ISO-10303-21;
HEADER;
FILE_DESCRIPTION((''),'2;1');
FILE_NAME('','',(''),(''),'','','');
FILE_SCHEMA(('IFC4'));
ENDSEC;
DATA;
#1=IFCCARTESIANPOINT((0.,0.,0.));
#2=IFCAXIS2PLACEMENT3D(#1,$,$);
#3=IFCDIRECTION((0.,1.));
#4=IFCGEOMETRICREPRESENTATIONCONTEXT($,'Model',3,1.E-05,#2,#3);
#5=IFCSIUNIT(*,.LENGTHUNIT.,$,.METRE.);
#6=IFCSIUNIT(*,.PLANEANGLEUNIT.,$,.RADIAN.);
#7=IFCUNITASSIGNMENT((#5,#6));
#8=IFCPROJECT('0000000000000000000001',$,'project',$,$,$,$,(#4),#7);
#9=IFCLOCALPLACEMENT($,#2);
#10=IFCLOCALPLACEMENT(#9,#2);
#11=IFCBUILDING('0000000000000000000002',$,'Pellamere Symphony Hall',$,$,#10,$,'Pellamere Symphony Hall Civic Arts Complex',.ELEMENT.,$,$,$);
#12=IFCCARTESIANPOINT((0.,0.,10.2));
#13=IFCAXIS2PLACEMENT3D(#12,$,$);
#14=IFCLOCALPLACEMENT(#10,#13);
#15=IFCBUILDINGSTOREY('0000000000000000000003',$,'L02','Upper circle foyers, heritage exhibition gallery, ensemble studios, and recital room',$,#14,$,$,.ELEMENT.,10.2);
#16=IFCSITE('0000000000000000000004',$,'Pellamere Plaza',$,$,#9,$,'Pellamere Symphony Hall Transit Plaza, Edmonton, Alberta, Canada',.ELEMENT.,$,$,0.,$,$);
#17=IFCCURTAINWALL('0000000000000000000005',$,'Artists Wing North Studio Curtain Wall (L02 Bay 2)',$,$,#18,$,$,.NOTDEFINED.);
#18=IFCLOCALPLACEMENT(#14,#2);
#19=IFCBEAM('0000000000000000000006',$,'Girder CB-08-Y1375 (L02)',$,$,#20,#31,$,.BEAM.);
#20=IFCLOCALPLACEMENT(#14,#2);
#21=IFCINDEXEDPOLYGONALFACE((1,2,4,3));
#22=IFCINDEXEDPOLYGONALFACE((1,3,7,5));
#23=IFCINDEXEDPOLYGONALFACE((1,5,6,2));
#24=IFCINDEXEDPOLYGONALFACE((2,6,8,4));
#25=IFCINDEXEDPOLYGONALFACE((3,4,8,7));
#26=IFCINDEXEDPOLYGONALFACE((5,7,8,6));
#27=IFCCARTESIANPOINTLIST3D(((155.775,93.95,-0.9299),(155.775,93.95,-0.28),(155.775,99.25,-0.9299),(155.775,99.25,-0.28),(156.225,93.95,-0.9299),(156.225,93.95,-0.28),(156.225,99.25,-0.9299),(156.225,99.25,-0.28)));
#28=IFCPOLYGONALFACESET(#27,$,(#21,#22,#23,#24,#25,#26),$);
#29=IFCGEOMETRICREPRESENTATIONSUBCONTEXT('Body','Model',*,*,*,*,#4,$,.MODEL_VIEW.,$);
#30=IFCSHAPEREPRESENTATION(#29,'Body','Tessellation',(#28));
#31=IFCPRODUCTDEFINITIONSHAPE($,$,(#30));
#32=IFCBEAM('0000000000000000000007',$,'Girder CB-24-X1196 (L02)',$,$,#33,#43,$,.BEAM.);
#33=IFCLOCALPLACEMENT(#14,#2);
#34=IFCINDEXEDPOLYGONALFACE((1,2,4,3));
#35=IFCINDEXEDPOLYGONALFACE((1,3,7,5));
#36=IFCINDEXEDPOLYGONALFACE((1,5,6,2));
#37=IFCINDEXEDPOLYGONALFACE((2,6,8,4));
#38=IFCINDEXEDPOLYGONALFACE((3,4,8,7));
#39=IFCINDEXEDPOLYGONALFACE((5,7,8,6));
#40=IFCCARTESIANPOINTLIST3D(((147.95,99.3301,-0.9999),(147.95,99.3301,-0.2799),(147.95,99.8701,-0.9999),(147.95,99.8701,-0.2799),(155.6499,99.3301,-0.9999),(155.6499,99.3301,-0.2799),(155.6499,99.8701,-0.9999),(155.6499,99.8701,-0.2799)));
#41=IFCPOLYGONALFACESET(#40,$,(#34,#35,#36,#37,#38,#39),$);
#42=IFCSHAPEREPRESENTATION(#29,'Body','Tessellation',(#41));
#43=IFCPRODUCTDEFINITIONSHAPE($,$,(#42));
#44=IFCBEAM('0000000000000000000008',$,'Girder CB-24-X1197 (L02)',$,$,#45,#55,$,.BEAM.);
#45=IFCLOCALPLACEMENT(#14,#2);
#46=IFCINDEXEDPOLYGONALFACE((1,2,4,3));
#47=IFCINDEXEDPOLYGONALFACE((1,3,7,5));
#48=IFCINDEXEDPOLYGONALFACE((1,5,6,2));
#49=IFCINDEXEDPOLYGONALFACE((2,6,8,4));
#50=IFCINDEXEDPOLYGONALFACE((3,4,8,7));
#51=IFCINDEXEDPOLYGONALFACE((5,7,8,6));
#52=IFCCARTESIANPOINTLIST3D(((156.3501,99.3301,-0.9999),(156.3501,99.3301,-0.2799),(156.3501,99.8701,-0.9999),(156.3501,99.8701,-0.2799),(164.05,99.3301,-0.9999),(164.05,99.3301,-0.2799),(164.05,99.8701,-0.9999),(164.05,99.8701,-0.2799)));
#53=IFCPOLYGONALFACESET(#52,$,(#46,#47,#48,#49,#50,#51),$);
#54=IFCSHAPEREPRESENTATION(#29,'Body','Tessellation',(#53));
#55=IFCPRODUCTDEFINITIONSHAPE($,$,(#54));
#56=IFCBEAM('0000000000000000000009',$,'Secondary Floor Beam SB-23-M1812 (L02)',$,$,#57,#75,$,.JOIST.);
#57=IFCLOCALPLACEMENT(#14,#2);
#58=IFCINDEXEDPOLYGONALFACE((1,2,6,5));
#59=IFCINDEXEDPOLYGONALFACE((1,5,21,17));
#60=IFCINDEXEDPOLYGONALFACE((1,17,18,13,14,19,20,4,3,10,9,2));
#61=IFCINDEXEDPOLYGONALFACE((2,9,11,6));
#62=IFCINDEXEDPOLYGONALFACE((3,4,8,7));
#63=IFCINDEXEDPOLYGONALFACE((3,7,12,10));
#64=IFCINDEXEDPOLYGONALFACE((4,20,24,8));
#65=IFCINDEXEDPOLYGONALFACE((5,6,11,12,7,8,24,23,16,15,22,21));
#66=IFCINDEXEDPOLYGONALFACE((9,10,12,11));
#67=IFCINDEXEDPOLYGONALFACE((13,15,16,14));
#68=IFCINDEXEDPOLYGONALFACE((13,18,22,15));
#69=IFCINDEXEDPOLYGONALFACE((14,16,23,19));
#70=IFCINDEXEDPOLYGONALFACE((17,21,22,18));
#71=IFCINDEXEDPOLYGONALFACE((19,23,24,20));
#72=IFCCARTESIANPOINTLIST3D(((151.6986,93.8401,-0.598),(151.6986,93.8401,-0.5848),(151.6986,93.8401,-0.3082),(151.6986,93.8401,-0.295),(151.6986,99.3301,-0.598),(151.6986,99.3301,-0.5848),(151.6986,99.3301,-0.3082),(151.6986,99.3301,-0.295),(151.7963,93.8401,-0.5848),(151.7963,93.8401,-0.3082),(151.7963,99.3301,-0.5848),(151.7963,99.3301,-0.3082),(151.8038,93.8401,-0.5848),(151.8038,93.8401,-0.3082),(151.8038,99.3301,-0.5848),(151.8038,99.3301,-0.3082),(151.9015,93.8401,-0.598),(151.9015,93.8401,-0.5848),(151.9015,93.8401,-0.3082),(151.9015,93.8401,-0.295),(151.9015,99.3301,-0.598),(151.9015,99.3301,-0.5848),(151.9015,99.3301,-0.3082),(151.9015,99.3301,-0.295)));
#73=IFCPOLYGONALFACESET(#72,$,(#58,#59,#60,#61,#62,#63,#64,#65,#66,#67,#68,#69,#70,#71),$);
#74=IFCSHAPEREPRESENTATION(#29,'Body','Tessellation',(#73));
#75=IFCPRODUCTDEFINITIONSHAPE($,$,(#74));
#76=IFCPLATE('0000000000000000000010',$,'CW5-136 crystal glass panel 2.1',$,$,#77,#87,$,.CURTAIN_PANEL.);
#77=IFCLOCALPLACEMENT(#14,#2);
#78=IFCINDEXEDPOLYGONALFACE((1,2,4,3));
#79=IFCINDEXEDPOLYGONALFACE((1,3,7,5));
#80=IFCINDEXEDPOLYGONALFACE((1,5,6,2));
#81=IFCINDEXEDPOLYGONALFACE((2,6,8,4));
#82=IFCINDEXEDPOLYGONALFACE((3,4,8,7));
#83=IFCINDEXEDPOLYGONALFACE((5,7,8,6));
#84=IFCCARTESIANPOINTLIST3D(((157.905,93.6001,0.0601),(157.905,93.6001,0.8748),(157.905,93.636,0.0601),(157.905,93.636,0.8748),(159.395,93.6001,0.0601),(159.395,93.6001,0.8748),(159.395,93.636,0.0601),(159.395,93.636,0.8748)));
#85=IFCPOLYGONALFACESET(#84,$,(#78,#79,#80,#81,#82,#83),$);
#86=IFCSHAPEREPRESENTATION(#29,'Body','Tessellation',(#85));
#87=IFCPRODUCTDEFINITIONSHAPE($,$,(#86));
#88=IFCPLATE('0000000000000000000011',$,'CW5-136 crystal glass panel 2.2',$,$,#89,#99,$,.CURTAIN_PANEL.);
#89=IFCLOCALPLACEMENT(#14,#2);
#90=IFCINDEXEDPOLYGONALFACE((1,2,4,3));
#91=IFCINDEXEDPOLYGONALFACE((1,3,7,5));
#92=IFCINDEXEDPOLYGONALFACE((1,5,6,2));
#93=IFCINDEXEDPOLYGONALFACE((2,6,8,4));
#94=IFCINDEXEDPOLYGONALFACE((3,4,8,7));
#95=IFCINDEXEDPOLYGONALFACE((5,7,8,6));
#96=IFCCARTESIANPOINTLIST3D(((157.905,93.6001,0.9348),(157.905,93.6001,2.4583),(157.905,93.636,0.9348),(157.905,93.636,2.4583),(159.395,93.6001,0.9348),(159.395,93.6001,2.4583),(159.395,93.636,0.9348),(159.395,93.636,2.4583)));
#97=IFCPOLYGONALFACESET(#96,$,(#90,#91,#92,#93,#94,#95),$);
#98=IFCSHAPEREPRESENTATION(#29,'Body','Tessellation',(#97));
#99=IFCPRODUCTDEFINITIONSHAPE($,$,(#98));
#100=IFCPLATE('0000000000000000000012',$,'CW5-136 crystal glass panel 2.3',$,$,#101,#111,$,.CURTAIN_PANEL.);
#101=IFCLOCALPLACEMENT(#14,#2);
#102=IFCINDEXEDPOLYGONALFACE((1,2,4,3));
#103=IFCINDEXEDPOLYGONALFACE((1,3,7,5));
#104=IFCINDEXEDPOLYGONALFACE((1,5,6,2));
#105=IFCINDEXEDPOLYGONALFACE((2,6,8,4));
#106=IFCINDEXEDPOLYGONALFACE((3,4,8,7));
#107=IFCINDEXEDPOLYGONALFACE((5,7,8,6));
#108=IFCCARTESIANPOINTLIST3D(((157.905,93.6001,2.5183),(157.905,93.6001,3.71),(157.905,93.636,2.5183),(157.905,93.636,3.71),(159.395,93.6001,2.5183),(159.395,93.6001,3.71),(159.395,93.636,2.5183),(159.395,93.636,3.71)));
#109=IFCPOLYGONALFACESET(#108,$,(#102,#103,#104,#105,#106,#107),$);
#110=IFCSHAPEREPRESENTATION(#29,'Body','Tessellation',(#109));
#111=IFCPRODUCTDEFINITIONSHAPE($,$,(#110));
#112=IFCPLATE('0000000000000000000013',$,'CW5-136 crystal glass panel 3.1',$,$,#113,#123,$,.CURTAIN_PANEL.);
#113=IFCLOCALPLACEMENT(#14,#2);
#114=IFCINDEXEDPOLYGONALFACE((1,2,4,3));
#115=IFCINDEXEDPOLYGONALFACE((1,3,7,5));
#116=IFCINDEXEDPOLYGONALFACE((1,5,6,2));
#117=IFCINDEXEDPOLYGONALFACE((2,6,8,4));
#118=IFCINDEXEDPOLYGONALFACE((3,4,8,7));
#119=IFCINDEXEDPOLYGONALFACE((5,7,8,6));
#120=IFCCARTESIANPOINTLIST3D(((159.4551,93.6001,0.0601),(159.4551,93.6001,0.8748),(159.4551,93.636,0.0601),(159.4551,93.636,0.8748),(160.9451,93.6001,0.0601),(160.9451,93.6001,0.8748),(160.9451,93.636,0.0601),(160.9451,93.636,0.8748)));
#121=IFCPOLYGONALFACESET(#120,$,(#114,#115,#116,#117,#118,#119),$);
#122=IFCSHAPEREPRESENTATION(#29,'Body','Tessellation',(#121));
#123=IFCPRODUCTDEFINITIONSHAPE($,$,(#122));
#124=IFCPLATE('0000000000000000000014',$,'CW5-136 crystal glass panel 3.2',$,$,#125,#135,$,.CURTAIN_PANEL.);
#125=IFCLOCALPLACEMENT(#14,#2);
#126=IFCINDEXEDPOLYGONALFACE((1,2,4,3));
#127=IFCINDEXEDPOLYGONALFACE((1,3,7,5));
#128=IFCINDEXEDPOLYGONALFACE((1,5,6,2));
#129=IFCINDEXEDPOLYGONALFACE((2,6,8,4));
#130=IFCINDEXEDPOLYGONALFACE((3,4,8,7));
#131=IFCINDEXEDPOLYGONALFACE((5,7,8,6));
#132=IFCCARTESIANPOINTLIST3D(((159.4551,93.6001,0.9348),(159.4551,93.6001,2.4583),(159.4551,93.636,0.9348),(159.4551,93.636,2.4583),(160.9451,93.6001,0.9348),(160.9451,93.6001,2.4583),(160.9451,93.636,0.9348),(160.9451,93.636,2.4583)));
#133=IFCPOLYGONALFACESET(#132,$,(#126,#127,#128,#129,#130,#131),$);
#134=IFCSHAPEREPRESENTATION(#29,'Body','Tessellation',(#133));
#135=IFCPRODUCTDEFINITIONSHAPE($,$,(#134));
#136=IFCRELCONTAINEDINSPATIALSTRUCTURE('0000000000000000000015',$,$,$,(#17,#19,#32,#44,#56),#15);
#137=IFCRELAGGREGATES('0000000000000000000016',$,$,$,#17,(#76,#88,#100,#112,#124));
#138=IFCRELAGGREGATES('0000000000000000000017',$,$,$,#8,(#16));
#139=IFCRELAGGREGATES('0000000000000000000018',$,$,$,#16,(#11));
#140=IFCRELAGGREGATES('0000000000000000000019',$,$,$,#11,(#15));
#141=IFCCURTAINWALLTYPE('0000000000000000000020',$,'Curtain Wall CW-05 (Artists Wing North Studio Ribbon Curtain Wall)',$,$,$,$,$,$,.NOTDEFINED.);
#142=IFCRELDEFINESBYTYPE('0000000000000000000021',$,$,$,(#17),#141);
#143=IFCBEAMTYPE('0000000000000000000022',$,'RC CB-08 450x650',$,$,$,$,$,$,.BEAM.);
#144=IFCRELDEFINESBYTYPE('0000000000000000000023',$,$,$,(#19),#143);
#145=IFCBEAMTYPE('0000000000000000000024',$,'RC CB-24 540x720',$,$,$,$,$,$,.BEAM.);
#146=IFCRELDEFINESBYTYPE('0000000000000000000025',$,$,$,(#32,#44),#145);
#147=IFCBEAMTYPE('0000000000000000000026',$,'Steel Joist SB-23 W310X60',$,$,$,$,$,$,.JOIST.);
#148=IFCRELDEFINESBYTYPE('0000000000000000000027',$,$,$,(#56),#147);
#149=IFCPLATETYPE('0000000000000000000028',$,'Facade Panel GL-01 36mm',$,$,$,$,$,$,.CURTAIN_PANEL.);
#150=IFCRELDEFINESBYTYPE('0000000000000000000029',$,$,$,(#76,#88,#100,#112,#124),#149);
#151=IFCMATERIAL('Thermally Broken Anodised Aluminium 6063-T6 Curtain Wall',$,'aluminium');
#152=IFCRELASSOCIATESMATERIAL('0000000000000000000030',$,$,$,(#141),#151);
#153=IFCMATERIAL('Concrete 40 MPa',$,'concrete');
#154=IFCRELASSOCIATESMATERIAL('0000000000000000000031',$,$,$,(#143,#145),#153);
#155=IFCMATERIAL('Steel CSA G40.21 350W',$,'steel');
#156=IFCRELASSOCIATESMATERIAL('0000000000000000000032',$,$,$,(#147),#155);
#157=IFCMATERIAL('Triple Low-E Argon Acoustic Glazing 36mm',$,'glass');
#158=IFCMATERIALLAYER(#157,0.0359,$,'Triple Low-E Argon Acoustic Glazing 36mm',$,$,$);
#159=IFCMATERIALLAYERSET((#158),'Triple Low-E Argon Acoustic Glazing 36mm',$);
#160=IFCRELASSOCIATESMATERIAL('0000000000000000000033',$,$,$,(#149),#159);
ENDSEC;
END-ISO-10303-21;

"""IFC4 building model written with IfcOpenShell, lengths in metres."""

from ifc_helpers import new_model, si_unit, direction, frame, origin, origin_2d, place, context, subcontext, project, spatial, polyline, rectangle, i_section, outline, extrude, material, layer, layer_set, material_profile, profile_set, type_object, element, aggregate, save


model = new_model("IFC4")

# Units and contexts
model_context = context("Model", 3, precision=1e-05, world=origin(), true_north=direction((0.0, 1.0)))
body_context = subcontext(model_context, "Body", "Model", "MODEL_VIEW")
ifc_project = project(units=[si_unit("LENGTHUNIT", "METRE"), si_unit("PLANEANGLEUNIT", "RADIAN")], contexts=[model_context])

# Site, building, storey
site_placement = place(None, origin())
site = spatial("IfcSite", under=ifc_project, at=site_placement, Name="Pellamere Plaza", LongName="Pellamere Symphony Hall Transit Plaza, Edmonton, Alberta, Canada", CompositionType="ELEMENT", RefElevation=0.0)
building_placement = place(site_placement, origin())
building = spatial("IfcBuilding", under=site, at=building_placement, Name="Pellamere Symphony Hall", LongName="Pellamere Symphony Hall Civic Arts Complex", CompositionType="ELEMENT")
storey_placement = place(building_placement, frame((0.0, 0.0, 10.2)))
storey = spatial("IfcBuildingStorey", under=building, at=storey_placement, Name="L02", Description="Upper circle foyers, heritage exhibition gallery, ensemble studios, and recital room", CompositionType="ELEMENT", Elevation=10.2)

# Curtain wall
ifc_material_1 = material(Name="Thermally Broken Anodised Aluminium 6063-T6 Curtain Wall", Category="aluminium")
curtain_wall_type = type_object("IfcCurtainWallType", Name="Curtain Wall CW-05 (Artists Wing North Studio Ribbon Curtain Wall)", PredefinedType="NOTDEFINED", material=ifc_material_1)
curtain_wall_placement = place(storey_placement, origin())
curtain_wall = element("IfcCurtainWall", 1, at=curtain_wall_placement, inside=storey, type_object=curtain_wall_type, Name="Artists Wing North Studio Curtain Wall (L02 Bay 2)", PredefinedType="NOTDEFINED")

# Beams
ifc_material_2 = material(Name="Concrete 40 MPa", Category="concrete")
ifc_material_profile_1 = material_profile(ifc_material_2, rectangle(XDim=0.45, YDim=0.6499, at=origin_2d()), Name="RC 450x650")
ifc_profile_set_1 = profile_set([ifc_material_profile_1], Name="Concrete 40 MPa")
beam_type_1 = type_object("IfcBeamType", Name="RC CB-08 450x650", PredefinedType="BEAM", material=ifc_profile_set_1)
for number, where, z_axis, x_axis, name in (
    (2, (156.0, 93.95, -0.605), (0.0, 1.0, 0.0), (-1.0, 0.0, 0.0), "Girder CB-08-Y1375 (L02)"),
):
    element("IfcBeam", number, at=place(storey_placement, frame(where, z_axis=z_axis, x_axis=x_axis)), inside=storey, type_object=beam_type_1, Name=name, PredefinedType="BEAM", context=body_context, shape_type="SweptSolid", body=[
        extrude(rectangle(XDim=0.45, YDim=0.6499, at=origin_2d()), origin(), (0.0, 0.0, 1.0), 5.3),
    ])
ifc_material_profile_2 = material_profile(ifc_material_2, rectangle(XDim=0.54, YDim=0.72, at=origin_2d()), Name="RC 540x720")
ifc_profile_set_2 = profile_set([ifc_material_profile_2], Name="Concrete 40 MPa")
beam_type_2 = type_object("IfcBeamType", Name="RC CB-24 540x720", PredefinedType="BEAM", material=ifc_profile_set_2)
for number, where, z_axis, x_axis, name in (
    (3, (147.95, 99.6001, -0.6399), (1.0, 0.0, 0.0), (0.0, 1.0, 0.0), "Girder CB-24-X1196 (L02)"),
    (4, (156.3501, 99.6001, -0.6399), (1.0, 0.0, 0.0), (0.0, 1.0, 0.0), "Girder CB-24-X1197 (L02)"),
):
    element("IfcBeam", number, at=place(storey_placement, frame(where, z_axis=z_axis, x_axis=x_axis)), inside=storey, type_object=beam_type_2, Name=name, PredefinedType="BEAM", context=body_context, shape_type="SweptSolid", body=[
        extrude(rectangle(XDim=0.54, YDim=0.72, at=origin_2d()), origin(), (0.0, 0.0, 1.0), 7.7),
    ])
ifc_material_3 = material(Name="Steel CSA G40.21 350W", Category="steel")
ifc_material_profile_3 = material_profile(ifc_material_3, i_section(OverallWidth=0.2029, OverallDepth=0.303, WebThickness=0.0076, FlangeThickness=0.0132, at=origin_2d()), Name="W310X60")
ifc_profile_set_3 = profile_set([ifc_material_profile_3], Name="Steel CSA G40.21 350W")
beam_type_3 = type_object("IfcBeamType", Name="Steel Joist SB-23 W310X60", PredefinedType="JOIST", material=ifc_profile_set_3)
beam_placement = place(storey_placement, frame((151.8, 93.8401, -0.4465), z_axis=(0.0, 1.0, 0.0), x_axis=(-1.0, 0.0, 0.0)))
element("IfcBeam", 5, at=beam_placement, inside=storey, type_object=beam_type_3, Name="Secondary Floor Beam SB-23-M1812 (L02)", PredefinedType="JOIST", context=body_context, shape_type="SweptSolid", body=[
    extrude(i_section(OverallWidth=0.2029, OverallDepth=0.303, WebThickness=0.0076, FlangeThickness=0.0132, at=origin_2d()), origin(), (0.0, 0.0, 1.0), 5.49),
])

# Plates
ifc_material_4 = material(Name="Triple Low-E Argon Acoustic Glazing 36mm", Category="glass")
ifc_layer = layer(ifc_material_4, 0.0359, Name="Triple Low-E Argon Acoustic Glazing 36mm")
ifc_layer_set = layer_set([ifc_layer], Name="Triple Low-E Argon Acoustic Glazing 36mm")
plate_type = type_object("IfcPlateType", Name="Facade Panel GL-01 36mm", PredefinedType="CURTAIN_PANEL", material=ifc_layer_set)
plate_1_placement = place(storey_placement, frame((157.905, 93.6001, 0.0601), z_axis=(0.0, -1.0, 0.0), x_axis=(1.0, 0.0, 0.0)))
plate_1 = element("IfcPlate", 6, at=plate_1_placement, type_object=plate_type, Name="CW5-136 crystal glass panel 2.1", PredefinedType="CURTAIN_PANEL", context=body_context, shape_type="SweptSolid", body=[
    extrude(outline(polyline([(0.0, 0.0), (1.49, 0.0), (1.49, 0.8147), (0.0, 0.8147), (0.0, 0.0)])), origin(), (0.0, 0.0, -1.0), 0.0359),
])
plate_2_placement = place(storey_placement, frame((157.905, 93.6001, 0.9348), z_axis=(0.0, -1.0, 0.0), x_axis=(1.0, 0.0, 0.0)))
plate_2 = element("IfcPlate", 7, at=plate_2_placement, type_object=plate_type, Name="CW5-136 crystal glass panel 2.2", PredefinedType="CURTAIN_PANEL", context=body_context, shape_type="SweptSolid", body=[
    extrude(outline(polyline([(0.0, 0.0), (1.49, 0.0), (1.49, 1.5234), (0.0, 1.5234), (0.0, 0.0)])), origin(), (0.0, 0.0, -1.0), 0.0359),
])
plate_3_placement = place(storey_placement, frame((157.905, 93.6001, 2.5183), z_axis=(0.0, -1.0, 0.0), x_axis=(1.0, 0.0, 0.0)))
plate_3 = element("IfcPlate", 8, at=plate_3_placement, type_object=plate_type, Name="CW5-136 crystal glass panel 2.3", PredefinedType="CURTAIN_PANEL", context=body_context, shape_type="SweptSolid", body=[
    extrude(outline(polyline([(0.0, 0.0), (1.49, 0.0), (1.49, 1.1917), (0.0, 1.1917), (0.0, 0.0)])), origin(), (0.0, 0.0, -1.0), 0.0359),
])
plate_4_placement = place(storey_placement, frame((159.4551, 93.6001, 0.0601), z_axis=(0.0, -1.0, 0.0), x_axis=(1.0, 0.0, 0.0)))
plate_4 = element("IfcPlate", 9, at=plate_4_placement, type_object=plate_type, Name="CW5-136 crystal glass panel 3.1", PredefinedType="CURTAIN_PANEL", context=body_context, shape_type="SweptSolid", body=[
    extrude(outline(polyline([(0.0, 0.0), (1.49, 0.0), (1.49, 0.8147), (0.0, 0.8147), (0.0, 0.0)])), origin(), (0.0, 0.0, -1.0), 0.0359),
])
plate_5_placement = place(storey_placement, frame((159.4551, 93.6001, 0.9348), z_axis=(0.0, -1.0, 0.0), x_axis=(1.0, 0.0, 0.0)))
plate_5 = element("IfcPlate", 10, at=plate_5_placement, type_object=plate_type, Name="CW5-136 crystal glass panel 3.2", PredefinedType="CURTAIN_PANEL", context=body_context, shape_type="SweptSolid", body=[
    extrude(outline(polyline([(0.0, 0.0), (1.49, 0.0), (1.49, 1.5234), (0.0, 1.5234), (0.0, 0.0)])), origin(), (0.0, 0.0, -1.0), 0.0359),
])
aggregate(curtain_wall, [plate_1, plate_2, plate_3, plate_4, plate_5])

save(model, "model.ifc")
